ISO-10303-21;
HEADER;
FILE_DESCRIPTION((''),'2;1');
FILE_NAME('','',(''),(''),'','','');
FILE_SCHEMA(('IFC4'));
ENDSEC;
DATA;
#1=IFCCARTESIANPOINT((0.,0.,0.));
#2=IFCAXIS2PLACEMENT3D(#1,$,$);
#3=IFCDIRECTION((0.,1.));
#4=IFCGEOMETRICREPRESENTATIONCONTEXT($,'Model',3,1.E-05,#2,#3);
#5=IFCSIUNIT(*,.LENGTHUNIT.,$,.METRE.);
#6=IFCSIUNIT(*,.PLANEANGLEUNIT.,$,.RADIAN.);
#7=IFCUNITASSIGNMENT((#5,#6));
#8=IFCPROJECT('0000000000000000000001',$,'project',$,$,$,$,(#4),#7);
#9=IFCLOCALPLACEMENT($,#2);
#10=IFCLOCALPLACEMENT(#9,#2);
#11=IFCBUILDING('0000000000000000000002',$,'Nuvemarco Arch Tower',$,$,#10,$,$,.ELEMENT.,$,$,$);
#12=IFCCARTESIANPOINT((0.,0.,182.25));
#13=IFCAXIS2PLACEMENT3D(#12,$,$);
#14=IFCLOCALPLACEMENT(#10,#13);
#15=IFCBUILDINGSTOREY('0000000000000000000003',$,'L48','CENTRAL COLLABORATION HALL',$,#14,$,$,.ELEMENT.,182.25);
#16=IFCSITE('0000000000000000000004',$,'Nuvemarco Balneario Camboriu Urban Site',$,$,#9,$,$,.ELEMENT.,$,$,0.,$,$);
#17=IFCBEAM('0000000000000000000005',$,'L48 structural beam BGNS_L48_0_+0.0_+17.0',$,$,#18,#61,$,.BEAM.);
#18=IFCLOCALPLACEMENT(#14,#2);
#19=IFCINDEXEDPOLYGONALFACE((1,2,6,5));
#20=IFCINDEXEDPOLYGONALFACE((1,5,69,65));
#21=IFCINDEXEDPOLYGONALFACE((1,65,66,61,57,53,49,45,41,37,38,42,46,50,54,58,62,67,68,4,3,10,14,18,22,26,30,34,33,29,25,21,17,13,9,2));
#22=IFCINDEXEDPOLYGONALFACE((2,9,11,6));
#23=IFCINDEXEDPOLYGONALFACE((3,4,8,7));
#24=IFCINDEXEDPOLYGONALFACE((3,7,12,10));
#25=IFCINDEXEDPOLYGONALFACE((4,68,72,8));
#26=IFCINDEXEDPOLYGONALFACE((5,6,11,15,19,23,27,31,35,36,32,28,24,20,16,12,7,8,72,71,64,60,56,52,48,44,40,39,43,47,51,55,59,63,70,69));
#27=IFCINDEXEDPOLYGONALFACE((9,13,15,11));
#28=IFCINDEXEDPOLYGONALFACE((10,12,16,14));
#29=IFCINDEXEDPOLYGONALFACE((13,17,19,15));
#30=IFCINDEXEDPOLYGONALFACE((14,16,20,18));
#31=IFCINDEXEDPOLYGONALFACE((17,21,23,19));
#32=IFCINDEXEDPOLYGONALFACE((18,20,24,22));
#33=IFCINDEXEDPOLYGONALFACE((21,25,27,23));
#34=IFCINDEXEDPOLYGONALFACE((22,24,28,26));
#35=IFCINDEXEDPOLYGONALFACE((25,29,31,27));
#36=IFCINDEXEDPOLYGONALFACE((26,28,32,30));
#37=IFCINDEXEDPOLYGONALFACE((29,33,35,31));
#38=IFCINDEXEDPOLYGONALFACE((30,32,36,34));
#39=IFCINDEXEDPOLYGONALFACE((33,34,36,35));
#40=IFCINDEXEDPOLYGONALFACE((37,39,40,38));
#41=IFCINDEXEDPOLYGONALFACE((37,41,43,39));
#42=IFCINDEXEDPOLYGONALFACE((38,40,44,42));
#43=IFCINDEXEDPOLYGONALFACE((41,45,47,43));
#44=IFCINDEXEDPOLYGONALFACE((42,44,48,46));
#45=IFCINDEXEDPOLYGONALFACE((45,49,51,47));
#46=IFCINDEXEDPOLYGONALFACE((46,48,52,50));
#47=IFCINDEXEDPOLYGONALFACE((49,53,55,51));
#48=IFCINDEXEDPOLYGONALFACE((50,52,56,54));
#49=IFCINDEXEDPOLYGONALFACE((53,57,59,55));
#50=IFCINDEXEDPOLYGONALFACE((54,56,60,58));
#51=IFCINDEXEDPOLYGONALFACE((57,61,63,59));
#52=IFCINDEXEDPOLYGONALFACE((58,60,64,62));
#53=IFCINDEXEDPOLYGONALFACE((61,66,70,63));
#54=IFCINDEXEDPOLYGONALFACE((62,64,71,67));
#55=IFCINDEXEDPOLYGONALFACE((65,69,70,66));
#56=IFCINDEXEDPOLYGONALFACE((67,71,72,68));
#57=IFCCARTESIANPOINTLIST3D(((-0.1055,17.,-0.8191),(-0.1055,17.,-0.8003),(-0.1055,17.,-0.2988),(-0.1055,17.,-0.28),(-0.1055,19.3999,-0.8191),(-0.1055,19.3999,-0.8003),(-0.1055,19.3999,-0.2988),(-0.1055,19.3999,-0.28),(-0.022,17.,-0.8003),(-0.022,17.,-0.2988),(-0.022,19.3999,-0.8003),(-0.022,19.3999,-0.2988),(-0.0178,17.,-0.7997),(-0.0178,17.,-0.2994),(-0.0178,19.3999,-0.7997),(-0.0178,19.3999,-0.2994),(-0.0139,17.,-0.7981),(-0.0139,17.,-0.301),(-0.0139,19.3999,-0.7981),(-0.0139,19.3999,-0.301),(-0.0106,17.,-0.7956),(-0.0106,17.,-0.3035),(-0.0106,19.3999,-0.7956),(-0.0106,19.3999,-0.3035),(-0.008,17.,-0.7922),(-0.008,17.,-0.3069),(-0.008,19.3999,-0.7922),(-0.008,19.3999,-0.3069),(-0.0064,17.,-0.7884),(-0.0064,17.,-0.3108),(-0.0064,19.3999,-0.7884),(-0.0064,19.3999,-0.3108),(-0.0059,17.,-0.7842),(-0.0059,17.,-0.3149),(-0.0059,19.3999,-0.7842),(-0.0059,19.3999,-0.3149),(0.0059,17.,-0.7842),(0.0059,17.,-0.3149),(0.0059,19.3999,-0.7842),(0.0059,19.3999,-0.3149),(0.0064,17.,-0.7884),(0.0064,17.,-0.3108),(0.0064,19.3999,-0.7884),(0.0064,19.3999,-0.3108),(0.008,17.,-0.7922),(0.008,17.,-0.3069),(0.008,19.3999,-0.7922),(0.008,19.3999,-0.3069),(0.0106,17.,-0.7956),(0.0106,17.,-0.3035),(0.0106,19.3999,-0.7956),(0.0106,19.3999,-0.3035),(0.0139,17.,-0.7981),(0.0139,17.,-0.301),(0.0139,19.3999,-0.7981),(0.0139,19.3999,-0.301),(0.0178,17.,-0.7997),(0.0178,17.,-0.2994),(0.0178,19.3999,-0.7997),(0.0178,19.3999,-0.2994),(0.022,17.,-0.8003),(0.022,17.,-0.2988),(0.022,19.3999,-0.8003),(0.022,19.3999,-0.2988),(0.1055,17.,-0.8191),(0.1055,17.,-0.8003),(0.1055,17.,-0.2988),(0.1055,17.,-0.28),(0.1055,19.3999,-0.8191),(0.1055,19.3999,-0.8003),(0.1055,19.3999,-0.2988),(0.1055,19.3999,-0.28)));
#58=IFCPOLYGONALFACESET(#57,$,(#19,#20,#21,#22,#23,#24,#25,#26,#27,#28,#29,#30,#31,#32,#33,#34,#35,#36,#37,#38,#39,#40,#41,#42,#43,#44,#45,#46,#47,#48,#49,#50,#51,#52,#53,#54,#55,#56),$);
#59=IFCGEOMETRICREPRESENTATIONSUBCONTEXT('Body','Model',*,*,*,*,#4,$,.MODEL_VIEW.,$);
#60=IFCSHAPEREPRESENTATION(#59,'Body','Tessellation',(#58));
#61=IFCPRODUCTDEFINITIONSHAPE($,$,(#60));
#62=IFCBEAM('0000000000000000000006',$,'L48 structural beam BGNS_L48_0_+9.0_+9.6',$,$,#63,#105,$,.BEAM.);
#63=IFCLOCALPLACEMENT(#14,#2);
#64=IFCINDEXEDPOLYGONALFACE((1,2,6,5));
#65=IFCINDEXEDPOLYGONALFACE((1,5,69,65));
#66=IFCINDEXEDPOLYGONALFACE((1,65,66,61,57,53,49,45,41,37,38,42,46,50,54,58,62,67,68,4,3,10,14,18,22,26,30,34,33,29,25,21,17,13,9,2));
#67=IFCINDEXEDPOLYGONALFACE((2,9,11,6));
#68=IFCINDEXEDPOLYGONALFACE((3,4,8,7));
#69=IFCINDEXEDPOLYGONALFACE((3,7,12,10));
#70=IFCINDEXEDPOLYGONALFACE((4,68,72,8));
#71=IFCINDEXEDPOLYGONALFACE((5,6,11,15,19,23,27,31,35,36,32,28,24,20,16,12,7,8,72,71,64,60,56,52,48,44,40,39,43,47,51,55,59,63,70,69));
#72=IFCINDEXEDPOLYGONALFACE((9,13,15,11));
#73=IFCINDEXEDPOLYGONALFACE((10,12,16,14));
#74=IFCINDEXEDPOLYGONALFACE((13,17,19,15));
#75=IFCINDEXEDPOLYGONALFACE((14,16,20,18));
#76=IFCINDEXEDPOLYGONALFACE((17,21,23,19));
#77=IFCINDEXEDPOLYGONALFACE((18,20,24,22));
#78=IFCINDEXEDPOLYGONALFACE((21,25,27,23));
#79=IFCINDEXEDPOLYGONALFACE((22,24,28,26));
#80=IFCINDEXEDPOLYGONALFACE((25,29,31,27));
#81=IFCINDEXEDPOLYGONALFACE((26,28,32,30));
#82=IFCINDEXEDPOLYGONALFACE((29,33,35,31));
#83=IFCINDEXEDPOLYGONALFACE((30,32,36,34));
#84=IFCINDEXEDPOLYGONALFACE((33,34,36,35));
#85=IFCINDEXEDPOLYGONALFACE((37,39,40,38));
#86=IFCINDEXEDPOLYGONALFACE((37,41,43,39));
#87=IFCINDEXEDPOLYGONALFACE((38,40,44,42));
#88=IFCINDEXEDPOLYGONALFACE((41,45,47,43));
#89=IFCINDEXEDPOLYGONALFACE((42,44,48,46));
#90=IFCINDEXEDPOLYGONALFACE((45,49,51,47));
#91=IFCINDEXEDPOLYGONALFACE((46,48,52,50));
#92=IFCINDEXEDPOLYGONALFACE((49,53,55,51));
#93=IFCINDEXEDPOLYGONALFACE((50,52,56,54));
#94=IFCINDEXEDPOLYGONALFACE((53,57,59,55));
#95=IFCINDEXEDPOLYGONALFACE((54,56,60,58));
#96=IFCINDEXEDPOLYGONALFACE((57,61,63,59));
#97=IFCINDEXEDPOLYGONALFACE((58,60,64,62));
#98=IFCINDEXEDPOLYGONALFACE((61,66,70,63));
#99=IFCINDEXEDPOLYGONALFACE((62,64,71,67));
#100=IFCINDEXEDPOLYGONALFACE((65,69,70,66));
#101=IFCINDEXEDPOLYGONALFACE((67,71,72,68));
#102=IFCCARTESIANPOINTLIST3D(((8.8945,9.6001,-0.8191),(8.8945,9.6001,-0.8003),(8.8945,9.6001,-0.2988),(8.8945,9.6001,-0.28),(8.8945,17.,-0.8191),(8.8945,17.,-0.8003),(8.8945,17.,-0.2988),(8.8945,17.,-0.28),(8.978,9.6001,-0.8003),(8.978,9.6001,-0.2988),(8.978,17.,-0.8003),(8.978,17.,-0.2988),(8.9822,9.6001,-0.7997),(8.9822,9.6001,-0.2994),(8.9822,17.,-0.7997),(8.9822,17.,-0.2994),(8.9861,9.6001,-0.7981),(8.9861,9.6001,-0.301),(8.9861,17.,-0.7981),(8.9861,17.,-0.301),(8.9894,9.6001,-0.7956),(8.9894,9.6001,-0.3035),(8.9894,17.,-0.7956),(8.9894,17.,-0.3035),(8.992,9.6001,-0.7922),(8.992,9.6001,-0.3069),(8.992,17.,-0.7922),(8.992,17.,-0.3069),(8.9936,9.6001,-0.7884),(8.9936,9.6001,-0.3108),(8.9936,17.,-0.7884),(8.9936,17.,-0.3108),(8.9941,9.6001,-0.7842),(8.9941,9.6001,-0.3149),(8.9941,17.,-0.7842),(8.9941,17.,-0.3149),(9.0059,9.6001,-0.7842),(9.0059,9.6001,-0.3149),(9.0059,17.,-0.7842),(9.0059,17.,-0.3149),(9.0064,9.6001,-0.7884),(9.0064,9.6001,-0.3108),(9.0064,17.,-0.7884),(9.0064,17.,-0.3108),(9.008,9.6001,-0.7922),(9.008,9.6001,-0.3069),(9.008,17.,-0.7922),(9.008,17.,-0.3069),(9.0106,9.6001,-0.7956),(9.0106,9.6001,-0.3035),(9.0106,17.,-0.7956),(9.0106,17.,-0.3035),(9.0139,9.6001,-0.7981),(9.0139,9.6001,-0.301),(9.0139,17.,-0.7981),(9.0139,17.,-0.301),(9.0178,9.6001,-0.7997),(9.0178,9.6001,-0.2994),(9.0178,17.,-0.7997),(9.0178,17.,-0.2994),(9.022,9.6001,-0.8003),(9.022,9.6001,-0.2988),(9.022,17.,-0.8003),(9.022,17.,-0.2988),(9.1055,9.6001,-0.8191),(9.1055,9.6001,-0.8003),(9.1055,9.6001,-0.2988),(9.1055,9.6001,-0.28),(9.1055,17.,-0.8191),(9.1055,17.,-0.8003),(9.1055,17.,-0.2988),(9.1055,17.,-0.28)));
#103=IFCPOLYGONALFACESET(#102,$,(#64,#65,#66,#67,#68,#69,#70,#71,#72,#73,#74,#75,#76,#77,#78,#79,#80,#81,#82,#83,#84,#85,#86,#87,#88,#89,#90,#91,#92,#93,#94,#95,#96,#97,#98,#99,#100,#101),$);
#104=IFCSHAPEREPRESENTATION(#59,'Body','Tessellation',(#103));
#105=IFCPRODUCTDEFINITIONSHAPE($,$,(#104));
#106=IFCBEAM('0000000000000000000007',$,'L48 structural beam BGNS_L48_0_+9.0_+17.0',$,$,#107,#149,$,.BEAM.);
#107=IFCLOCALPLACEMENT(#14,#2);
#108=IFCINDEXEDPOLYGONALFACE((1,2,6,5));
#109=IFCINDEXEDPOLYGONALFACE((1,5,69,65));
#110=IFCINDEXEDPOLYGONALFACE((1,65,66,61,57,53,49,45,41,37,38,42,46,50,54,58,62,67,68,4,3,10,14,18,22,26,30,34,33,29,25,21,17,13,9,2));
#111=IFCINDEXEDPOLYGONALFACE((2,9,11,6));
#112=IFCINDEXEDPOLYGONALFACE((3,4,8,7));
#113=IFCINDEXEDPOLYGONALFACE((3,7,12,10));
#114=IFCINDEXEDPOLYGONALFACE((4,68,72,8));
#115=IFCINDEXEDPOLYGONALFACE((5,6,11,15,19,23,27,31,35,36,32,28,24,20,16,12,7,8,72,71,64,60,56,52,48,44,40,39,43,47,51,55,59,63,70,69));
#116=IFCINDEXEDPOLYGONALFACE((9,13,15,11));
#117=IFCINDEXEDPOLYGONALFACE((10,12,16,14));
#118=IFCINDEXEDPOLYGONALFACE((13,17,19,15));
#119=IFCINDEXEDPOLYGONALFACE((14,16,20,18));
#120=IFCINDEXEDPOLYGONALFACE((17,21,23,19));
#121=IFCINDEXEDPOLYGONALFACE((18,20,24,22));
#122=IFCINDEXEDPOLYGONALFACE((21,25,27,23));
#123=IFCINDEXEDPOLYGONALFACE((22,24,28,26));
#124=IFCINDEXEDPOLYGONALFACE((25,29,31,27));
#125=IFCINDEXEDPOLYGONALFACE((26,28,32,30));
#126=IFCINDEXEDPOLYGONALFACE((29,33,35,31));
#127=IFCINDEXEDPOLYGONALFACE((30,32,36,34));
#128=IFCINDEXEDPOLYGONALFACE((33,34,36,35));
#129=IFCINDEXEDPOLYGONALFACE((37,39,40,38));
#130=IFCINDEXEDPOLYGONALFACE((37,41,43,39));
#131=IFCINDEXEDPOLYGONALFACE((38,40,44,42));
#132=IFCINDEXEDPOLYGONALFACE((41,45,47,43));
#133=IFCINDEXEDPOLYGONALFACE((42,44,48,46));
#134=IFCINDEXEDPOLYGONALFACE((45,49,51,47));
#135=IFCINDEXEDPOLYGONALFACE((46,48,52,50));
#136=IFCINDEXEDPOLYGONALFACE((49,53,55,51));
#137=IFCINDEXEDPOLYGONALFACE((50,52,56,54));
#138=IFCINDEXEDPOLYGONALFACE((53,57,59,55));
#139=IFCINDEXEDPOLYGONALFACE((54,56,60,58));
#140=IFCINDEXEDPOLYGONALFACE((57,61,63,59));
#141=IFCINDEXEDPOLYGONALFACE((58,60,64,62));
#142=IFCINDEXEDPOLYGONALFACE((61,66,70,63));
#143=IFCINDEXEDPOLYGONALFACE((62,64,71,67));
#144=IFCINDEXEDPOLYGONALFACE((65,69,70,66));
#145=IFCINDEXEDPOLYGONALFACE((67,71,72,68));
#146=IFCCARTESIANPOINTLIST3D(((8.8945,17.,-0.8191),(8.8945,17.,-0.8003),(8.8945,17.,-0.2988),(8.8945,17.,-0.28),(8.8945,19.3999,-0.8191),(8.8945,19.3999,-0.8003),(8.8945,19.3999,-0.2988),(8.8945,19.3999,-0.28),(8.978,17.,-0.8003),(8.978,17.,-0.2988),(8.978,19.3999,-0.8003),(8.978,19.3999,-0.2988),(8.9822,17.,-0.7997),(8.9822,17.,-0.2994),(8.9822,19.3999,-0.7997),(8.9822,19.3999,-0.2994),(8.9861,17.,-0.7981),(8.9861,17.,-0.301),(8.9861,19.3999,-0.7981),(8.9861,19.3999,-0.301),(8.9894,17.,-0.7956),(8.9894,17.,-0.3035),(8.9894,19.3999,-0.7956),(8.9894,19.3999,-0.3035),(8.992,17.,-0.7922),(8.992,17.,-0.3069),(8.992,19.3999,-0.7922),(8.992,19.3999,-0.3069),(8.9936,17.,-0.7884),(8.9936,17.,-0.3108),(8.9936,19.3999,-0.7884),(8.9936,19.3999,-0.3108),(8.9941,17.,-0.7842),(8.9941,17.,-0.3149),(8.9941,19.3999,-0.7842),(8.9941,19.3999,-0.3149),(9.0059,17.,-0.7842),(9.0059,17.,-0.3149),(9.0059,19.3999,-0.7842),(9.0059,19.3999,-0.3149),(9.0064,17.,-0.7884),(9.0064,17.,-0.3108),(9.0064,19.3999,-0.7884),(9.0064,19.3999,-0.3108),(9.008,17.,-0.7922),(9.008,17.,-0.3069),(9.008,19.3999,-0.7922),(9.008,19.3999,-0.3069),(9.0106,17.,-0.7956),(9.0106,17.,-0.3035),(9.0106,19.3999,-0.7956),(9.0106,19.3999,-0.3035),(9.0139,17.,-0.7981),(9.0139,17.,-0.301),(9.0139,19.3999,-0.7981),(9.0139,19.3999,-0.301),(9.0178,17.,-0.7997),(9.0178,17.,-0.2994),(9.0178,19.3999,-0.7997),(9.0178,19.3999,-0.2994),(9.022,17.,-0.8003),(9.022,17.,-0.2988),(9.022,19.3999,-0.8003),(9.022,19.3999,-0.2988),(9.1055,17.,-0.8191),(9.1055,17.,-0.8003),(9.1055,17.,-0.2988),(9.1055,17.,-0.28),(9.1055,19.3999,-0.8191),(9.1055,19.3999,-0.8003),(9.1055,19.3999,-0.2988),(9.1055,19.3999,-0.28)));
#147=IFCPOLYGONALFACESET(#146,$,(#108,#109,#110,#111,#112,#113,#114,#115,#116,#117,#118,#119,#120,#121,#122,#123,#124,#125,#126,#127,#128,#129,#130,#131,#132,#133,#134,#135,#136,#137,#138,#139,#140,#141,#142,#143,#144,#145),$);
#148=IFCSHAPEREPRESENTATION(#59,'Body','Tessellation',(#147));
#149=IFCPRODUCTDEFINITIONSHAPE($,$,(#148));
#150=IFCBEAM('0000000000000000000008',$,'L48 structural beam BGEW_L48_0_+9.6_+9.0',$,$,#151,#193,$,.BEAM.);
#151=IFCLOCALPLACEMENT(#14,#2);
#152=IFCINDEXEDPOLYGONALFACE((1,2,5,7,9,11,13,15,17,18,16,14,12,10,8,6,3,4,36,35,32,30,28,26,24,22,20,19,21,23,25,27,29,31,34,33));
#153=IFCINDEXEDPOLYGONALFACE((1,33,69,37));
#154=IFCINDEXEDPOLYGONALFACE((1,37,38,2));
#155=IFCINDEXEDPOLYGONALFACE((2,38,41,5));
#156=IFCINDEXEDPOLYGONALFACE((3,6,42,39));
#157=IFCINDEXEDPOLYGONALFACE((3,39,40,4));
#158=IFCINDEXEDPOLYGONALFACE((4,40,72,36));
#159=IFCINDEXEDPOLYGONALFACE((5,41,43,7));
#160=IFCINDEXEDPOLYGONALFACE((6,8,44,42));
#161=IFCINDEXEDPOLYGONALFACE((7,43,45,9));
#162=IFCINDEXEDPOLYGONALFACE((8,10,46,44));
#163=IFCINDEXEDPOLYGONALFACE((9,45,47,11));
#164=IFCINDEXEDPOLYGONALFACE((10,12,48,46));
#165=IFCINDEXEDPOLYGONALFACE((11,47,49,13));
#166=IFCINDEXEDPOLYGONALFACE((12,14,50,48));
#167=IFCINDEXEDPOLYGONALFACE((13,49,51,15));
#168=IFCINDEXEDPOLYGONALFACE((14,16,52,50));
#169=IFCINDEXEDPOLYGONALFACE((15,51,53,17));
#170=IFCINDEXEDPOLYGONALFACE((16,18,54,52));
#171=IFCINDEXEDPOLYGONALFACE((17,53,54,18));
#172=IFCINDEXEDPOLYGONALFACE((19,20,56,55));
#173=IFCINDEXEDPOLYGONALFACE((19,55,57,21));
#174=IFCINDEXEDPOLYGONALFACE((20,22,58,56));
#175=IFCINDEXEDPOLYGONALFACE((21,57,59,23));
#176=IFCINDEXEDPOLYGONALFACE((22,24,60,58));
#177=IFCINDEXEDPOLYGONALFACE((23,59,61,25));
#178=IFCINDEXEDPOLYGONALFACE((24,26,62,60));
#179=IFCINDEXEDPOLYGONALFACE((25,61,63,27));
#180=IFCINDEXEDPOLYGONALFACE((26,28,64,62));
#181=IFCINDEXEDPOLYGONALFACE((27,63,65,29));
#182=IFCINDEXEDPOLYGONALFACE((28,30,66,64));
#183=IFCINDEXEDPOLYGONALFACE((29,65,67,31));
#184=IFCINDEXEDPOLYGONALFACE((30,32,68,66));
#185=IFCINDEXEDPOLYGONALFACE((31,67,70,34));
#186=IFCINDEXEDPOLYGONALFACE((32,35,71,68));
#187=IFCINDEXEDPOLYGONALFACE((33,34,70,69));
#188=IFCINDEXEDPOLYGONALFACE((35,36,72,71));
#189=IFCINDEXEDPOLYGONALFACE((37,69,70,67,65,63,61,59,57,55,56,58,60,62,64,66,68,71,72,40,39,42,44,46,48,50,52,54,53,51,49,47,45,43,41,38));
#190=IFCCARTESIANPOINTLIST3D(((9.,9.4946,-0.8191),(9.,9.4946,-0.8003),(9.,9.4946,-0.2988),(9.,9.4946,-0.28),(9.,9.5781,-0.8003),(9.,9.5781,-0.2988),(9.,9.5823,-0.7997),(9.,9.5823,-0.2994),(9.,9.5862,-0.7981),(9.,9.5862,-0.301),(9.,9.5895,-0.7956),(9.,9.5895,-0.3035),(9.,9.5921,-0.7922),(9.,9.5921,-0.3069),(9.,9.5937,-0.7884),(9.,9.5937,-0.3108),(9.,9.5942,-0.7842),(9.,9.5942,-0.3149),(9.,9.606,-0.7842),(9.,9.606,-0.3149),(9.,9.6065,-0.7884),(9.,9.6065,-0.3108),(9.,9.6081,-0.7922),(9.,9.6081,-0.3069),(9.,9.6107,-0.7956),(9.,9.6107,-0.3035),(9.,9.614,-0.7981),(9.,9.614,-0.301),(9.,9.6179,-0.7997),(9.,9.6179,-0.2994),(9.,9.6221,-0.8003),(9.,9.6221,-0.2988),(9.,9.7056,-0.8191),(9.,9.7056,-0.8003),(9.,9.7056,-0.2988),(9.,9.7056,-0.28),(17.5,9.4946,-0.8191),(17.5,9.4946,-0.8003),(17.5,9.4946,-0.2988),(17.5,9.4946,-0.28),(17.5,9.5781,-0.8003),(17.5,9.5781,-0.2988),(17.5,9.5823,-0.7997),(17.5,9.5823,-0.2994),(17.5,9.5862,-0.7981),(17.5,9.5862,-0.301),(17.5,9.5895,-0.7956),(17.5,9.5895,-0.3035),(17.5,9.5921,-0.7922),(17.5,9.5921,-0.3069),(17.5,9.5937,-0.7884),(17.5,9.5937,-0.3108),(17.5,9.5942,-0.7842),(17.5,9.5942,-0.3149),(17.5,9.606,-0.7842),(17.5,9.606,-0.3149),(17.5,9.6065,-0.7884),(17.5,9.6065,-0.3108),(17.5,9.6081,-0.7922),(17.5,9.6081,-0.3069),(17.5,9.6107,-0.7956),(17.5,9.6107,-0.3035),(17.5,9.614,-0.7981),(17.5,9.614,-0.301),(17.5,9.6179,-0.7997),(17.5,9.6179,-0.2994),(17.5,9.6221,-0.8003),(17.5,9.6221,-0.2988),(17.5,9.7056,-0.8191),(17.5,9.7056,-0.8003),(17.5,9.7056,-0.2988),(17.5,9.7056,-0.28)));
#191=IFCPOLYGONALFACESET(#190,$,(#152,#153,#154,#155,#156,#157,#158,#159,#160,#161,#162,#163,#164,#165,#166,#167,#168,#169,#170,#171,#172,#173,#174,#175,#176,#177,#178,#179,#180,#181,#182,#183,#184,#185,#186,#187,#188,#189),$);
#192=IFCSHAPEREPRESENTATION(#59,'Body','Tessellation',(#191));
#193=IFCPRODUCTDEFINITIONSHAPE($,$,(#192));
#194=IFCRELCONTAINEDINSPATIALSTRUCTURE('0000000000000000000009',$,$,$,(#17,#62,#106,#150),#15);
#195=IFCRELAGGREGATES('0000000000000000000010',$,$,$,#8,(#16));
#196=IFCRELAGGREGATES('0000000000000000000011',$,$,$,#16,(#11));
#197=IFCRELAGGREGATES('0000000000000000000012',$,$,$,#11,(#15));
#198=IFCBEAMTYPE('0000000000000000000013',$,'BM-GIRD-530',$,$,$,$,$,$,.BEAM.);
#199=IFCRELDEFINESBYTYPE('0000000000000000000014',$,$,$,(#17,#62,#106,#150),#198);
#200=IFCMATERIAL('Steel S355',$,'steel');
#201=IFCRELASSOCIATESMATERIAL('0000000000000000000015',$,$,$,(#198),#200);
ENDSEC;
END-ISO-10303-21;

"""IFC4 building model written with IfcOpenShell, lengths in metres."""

from ifc_helpers import new_model, si_unit, direction, frame, origin, origin_2d, place, context, subcontext, project, spatial, i_section, extrude, material, material_profile, profile_set, type_object, element, save


model = new_model("IFC4")

# Units and contexts
model_context = context("Model", 3, precision=1e-05, world=origin(), true_north=direction((0.0, 1.0)))
body_context = subcontext(model_context, "Body", "Model", "MODEL_VIEW")
ifc_project = project(units=[si_unit("LENGTHUNIT", "METRE"), si_unit("PLANEANGLEUNIT", "RADIAN")], contexts=[model_context])

# Site, building, storey
site_placement = place(None, origin())
site = spatial("IfcSite", under=ifc_project, at=site_placement, Name="Nuvemarco Balneario Camboriu Urban Site", CompositionType="ELEMENT", RefElevation=0.0)
building_placement = place(site_placement, origin())
building = spatial("IfcBuilding", under=site, at=building_placement, Name="Nuvemarco Arch Tower", CompositionType="ELEMENT")
storey_placement = place(building_placement, frame((0.0, 0.0, 182.25)))
storey = spatial("IfcBuildingStorey", under=building, at=storey_placement, Name="L48", Description="CENTRAL COLLABORATION HALL", CompositionType="ELEMENT", Elevation=182.25)

# Shared definitions
ifc_material_1 = material(Name="Steel S355", Category="steel")

# Beams
ifc_material_profile_1 = material_profile(ifc_material_1, i_section(OverallWidth=0.2109, OverallDepth=0.5391, WebThickness=0.0117, FlangeThickness=0.0188, FilletRadius=0.0161, at=origin_2d()), Name="W530x109")
ifc_profile_set_1 = profile_set([ifc_material_profile_1], Name="Steel S355")
beam_type_1 = type_object("IfcBeamType", Name="BM-GIRD-530", PredefinedType="BEAM", material=ifc_profile_set_1)
beam_1_placement = place(storey_placement, frame((0.0, 17.0, -0.5496), z_axis=(0.0, 1.0, 0.0), x_axis=(-1.0, 0.0, 0.0)))
element("IfcBeam", 1, at=beam_1_placement, inside=storey, type_object=beam_type_1, Name="L48 structural beam BGNS_L48_0_+0.0_+17.0", PredefinedType="BEAM", context=body_context, shape_type="SweptSolid", body=[
    extrude(i_section(OverallWidth=0.2109, OverallDepth=0.5391, WebThickness=0.0117, FlangeThickness=0.0188, FilletRadius=0.0161, at=origin_2d()), origin(), (0.0, 0.0, 1.0), 2.3999),
])
beam_2_placement = place(storey_placement, frame((9.0, 9.6001, -0.5496), z_axis=(0.0, 1.0, 0.0), x_axis=(-1.0, 0.0, 0.0)))
element("IfcBeam", 2, at=beam_2_placement, inside=storey, type_object=beam_type_1, Name="L48 structural beam BGNS_L48_0_+9.0_+9.6", PredefinedType="BEAM", context=body_context, shape_type="SweptSolid", body=[
    extrude(i_section(OverallWidth=0.2109, OverallDepth=0.5391, WebThickness=0.0117, FlangeThickness=0.0188, FilletRadius=0.0161, at=origin_2d()), origin(), (0.0, 0.0, 1.0), 7.3999),
])
beam_3_placement = place(storey_placement, frame((9.0, 17.0, -0.5496), z_axis=(0.0, 1.0, 0.0), x_axis=(-1.0, 0.0, 0.0)))
element("IfcBeam", 3, at=beam_3_placement, inside=storey, type_object=beam_type_1, Name="L48 structural beam BGNS_L48_0_+9.0_+17.0", PredefinedType="BEAM", context=body_context, shape_type="SweptSolid", body=[
    extrude(i_section(OverallWidth=0.2109, OverallDepth=0.5391, WebThickness=0.0117, FlangeThickness=0.0188, FilletRadius=0.0161, at=origin_2d()), origin(), (0.0, 0.0, 1.0), 2.3999),
])
beam_4_placement = place(storey_placement, frame((9.0, 9.6001, -0.5496), z_axis=(1.0, 0.0, 0.0), x_axis=(0.0, 1.0, 0.0)))
element("IfcBeam", 4, at=beam_4_placement, inside=storey, type_object=beam_type_1, Name="L48 structural beam BGEW_L48_0_+9.6_+9.0", PredefinedType="BEAM", context=body_context, shape_type="SweptSolid", body=[
    extrude(i_section(OverallWidth=0.2109, OverallDepth=0.5391, WebThickness=0.0117, FlangeThickness=0.0188, FilletRadius=0.0161, at=origin_2d()), origin(), (0.0, 0.0, 1.0), 8.5),
])

save(model, "model.ifc")
